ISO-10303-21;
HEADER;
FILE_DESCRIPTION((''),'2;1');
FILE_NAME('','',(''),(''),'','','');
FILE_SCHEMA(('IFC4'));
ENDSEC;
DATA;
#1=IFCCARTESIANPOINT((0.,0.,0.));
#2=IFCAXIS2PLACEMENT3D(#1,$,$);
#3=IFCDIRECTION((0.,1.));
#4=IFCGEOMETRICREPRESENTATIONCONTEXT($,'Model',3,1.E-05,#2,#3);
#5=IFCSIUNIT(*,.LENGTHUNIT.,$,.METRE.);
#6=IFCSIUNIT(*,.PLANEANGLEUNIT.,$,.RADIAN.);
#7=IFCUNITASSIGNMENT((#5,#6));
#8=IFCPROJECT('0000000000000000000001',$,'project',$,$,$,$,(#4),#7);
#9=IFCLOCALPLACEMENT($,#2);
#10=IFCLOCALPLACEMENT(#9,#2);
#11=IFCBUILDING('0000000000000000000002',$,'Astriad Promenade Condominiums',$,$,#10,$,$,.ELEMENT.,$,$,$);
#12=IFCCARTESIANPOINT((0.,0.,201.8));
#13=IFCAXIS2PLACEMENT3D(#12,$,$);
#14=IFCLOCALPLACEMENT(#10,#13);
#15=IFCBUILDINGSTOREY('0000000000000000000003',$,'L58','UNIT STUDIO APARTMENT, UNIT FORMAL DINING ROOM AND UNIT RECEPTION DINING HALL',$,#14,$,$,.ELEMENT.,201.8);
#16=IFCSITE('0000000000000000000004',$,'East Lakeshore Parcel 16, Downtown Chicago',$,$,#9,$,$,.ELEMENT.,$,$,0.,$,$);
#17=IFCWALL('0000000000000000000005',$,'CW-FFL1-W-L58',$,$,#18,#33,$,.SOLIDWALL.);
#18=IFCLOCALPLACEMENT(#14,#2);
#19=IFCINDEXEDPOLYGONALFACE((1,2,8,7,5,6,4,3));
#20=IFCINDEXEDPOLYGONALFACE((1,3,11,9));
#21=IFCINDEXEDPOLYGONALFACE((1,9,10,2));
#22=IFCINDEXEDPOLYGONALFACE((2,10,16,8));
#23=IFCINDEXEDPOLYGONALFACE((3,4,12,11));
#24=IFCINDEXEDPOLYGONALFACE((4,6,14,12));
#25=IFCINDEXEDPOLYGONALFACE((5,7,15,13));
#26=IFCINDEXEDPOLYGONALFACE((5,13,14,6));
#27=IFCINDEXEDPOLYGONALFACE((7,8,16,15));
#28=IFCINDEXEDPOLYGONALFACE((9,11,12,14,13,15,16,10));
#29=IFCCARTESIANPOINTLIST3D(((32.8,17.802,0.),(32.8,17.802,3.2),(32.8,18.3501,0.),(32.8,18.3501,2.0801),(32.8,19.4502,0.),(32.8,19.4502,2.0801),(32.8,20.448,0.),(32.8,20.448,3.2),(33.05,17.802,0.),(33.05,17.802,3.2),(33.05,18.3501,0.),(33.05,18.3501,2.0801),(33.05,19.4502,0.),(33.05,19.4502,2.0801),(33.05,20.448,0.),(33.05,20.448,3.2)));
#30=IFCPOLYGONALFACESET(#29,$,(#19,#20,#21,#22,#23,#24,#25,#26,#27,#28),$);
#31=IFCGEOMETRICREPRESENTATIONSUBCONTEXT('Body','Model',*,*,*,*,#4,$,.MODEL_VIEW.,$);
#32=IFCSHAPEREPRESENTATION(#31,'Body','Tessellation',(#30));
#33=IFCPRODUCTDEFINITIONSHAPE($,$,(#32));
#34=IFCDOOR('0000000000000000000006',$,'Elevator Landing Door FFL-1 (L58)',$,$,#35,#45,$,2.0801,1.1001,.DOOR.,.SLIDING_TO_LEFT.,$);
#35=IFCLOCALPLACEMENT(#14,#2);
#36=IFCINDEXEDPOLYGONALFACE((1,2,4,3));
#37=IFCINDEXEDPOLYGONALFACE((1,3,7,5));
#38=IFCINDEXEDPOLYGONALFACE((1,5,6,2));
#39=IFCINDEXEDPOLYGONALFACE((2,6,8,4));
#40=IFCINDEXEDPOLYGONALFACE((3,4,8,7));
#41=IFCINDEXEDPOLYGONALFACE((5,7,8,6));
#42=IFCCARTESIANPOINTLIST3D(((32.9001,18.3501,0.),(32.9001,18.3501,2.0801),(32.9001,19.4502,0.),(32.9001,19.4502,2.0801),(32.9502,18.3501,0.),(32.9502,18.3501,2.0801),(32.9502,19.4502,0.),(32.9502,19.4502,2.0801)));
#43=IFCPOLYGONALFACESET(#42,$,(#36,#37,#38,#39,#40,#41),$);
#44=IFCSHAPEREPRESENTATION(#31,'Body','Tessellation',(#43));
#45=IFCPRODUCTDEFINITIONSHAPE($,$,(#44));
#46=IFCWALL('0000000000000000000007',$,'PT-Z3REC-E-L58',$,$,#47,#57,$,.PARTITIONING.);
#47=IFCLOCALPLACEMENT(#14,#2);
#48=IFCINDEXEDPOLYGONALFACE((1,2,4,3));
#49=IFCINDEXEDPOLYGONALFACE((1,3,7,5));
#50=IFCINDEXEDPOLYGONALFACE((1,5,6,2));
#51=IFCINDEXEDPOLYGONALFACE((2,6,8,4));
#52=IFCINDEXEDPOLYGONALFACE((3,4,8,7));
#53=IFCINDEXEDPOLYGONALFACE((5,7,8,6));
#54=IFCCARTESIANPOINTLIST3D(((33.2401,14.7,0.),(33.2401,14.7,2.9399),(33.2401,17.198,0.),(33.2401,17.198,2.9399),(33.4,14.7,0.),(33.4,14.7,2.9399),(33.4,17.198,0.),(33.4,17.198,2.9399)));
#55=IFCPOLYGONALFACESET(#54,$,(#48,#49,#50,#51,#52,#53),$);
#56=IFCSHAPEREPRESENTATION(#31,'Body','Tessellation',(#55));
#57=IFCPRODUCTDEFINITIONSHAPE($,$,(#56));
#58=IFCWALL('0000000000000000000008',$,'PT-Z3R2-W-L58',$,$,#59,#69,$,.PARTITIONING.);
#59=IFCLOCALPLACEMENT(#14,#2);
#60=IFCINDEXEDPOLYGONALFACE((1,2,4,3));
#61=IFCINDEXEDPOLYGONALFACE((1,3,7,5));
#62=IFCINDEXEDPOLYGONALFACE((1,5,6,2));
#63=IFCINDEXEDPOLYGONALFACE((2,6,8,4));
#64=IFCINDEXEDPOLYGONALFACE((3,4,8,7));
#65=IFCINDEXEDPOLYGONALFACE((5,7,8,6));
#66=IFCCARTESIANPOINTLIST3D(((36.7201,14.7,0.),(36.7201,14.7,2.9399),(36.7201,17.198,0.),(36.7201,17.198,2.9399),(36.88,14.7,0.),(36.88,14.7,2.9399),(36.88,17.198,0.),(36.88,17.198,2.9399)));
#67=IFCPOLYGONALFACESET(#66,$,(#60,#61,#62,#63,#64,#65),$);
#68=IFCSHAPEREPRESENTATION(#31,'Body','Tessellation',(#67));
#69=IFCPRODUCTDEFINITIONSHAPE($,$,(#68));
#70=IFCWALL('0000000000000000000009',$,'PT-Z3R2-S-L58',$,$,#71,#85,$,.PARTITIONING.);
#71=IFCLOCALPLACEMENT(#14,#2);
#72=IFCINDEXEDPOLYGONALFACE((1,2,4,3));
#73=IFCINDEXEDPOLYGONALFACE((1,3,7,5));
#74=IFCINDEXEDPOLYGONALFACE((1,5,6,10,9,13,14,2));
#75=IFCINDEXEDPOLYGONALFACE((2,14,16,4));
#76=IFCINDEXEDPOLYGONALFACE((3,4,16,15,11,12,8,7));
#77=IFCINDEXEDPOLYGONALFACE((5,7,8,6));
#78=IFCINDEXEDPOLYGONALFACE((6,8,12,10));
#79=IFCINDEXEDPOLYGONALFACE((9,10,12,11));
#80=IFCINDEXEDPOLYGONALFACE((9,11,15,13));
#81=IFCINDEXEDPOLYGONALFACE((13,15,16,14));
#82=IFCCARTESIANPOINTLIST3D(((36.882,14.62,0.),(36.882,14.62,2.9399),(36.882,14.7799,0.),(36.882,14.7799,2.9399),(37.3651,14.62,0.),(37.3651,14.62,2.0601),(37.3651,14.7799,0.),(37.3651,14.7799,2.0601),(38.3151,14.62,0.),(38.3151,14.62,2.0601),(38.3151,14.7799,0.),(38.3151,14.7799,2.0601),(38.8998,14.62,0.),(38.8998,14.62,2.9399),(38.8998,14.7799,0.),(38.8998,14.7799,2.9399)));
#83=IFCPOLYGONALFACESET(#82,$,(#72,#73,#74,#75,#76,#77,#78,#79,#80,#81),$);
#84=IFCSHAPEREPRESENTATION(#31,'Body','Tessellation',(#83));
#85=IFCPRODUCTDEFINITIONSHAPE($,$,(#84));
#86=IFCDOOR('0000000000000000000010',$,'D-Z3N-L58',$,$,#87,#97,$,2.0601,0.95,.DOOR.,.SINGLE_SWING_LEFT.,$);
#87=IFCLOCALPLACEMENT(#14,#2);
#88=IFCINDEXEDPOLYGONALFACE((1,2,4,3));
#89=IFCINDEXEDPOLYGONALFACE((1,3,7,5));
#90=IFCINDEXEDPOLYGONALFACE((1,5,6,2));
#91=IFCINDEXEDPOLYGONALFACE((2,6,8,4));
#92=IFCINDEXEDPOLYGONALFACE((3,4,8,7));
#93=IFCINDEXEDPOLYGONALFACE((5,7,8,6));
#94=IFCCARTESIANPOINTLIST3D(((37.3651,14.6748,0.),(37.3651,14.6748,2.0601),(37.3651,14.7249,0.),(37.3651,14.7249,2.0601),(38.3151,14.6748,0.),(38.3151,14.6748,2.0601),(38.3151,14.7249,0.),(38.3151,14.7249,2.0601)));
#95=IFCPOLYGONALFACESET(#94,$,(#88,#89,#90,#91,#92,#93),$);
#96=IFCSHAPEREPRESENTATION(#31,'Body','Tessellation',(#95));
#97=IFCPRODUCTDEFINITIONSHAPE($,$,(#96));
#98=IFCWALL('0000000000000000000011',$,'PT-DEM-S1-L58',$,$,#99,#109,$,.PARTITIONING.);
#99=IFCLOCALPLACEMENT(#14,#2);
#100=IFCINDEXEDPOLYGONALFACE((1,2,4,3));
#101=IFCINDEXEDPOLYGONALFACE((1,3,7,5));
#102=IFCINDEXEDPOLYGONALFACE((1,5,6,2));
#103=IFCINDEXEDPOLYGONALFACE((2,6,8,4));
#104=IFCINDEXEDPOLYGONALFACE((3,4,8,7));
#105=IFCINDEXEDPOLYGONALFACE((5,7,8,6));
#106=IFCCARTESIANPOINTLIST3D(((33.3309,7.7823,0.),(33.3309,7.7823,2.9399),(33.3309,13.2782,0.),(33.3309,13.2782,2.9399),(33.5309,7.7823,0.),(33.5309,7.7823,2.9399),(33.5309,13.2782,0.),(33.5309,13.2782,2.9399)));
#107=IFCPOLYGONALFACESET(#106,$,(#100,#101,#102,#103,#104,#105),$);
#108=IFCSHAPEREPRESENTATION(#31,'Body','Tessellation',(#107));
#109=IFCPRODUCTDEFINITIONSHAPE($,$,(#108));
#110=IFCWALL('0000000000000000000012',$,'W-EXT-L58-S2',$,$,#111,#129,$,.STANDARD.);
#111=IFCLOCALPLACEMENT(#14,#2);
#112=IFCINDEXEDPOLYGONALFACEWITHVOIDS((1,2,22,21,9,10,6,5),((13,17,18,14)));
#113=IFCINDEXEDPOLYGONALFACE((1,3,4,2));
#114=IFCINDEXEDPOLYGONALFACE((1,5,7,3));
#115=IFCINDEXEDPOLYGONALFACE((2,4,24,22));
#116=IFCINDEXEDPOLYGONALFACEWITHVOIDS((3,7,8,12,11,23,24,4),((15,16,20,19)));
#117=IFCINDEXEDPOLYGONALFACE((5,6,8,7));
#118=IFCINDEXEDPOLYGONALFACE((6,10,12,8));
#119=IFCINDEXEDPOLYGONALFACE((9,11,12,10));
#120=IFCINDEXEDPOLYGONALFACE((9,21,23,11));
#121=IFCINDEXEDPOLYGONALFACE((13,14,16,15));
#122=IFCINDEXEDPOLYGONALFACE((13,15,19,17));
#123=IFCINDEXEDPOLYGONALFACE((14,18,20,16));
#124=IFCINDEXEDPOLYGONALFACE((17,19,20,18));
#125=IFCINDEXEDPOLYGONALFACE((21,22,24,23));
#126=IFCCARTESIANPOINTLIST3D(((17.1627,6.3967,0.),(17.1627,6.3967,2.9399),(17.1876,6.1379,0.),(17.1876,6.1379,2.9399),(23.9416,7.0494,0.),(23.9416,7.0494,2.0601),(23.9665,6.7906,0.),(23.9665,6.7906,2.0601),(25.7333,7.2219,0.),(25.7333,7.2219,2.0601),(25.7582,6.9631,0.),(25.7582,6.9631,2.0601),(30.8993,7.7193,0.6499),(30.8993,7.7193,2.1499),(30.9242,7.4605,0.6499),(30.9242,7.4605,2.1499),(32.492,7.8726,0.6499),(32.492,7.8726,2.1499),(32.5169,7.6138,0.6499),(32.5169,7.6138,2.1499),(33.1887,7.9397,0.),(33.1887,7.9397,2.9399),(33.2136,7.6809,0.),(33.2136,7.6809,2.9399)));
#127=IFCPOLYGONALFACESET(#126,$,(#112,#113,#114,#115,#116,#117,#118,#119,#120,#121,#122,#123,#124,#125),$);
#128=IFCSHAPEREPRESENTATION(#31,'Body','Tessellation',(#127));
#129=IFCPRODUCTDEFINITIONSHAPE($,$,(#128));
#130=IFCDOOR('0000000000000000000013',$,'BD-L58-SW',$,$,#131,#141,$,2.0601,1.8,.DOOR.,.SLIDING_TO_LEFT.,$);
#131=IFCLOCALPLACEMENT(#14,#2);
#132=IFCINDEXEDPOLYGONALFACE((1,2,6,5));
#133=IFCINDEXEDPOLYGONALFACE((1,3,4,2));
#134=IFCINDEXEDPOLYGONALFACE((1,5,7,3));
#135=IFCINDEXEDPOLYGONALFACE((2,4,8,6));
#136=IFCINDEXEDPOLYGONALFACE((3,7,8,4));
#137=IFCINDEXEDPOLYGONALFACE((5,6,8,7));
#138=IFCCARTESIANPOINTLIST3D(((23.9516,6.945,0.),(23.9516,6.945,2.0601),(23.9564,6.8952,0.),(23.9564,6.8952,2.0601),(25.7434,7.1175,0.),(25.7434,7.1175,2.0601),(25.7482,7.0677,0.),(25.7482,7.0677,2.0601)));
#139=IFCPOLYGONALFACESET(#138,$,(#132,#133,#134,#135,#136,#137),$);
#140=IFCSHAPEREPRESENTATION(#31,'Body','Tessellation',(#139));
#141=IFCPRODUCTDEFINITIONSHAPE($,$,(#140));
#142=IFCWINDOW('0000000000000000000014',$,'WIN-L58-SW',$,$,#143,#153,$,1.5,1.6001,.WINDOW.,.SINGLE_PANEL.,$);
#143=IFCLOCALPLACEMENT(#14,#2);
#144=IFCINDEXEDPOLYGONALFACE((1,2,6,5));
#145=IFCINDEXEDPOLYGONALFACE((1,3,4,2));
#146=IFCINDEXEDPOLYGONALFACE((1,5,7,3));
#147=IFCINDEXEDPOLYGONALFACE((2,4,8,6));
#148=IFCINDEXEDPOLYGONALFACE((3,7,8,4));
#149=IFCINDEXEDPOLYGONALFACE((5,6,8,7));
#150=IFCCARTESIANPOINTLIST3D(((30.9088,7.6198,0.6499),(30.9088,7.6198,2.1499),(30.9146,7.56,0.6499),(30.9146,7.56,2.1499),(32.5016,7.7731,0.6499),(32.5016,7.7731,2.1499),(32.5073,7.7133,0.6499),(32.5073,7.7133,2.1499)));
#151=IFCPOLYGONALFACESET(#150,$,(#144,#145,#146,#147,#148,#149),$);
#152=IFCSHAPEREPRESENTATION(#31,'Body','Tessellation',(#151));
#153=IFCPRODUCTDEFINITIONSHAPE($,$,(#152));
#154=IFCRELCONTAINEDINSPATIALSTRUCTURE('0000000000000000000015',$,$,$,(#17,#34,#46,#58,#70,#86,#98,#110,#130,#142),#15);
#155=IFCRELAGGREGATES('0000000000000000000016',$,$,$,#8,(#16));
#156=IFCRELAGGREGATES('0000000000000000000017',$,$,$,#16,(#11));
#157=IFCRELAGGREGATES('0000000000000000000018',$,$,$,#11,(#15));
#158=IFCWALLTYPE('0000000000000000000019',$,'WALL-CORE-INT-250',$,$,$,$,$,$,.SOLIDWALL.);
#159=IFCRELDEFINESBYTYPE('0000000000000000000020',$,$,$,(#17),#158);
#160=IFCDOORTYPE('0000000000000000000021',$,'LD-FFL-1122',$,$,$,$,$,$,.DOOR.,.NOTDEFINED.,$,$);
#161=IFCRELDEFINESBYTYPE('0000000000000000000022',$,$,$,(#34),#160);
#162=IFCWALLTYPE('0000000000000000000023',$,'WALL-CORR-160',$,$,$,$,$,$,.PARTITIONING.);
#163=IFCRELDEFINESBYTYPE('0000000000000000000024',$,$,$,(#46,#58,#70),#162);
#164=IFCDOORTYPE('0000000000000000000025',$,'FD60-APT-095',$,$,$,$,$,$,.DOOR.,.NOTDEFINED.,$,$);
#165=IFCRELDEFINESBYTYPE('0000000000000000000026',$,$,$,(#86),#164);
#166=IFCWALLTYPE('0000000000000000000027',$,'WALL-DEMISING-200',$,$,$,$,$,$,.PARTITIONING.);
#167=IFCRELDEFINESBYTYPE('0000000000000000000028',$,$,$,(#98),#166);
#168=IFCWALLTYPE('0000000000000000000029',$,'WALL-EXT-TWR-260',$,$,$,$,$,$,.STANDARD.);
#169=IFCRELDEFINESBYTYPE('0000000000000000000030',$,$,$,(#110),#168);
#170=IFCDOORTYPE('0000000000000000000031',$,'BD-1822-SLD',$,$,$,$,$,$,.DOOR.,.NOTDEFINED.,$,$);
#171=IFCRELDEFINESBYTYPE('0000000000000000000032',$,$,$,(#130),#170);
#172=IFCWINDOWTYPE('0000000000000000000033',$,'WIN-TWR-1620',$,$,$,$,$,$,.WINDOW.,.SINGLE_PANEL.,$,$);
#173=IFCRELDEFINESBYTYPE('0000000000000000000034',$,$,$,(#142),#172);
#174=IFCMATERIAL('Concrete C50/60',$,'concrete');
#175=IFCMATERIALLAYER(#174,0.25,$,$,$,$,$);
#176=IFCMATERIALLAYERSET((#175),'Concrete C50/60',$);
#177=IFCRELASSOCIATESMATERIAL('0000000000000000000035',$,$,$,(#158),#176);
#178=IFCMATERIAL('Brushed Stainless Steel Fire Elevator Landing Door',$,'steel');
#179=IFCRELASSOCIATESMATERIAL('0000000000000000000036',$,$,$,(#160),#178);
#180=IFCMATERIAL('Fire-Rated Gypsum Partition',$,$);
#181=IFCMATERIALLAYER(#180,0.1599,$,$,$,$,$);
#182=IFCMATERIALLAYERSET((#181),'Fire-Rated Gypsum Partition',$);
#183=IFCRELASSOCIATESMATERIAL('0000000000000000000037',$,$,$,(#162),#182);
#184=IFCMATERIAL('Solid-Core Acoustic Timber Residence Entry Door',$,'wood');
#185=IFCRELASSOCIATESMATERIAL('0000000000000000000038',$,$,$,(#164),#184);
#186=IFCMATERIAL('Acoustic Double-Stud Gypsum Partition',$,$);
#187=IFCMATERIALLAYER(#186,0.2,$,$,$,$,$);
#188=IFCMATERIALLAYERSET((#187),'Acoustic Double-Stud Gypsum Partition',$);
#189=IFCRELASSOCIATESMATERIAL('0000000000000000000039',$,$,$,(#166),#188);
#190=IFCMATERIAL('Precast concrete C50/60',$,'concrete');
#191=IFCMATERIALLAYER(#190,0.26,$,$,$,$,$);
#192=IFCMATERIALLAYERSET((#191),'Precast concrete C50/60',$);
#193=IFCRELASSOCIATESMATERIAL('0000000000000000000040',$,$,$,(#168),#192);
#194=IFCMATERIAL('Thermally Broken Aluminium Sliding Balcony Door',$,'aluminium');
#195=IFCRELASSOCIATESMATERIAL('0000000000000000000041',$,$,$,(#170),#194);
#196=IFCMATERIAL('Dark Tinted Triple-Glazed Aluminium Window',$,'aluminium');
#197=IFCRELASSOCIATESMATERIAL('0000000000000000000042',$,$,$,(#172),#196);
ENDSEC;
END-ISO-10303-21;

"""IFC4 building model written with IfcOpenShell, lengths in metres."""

from ifc_helpers import new_model, si_unit, direction, frame, frame_2d, origin, place, context, subcontext, project, spatial, rectangle, extrude, source, transform, mapped, material, layer, layer_set, type_object, type_shapes, element, fill, save


model = new_model("IFC4")

# Units and contexts
model_context = context("Model", 3, precision=1e-05, world=origin(), true_north=direction((0.0, 1.0)))
body_context = subcontext(model_context, "Body", "Model", "MODEL_VIEW")
ifc_project = project(units=[si_unit("LENGTHUNIT", "METRE"), si_unit("PLANEANGLEUNIT", "RADIAN")], contexts=[model_context])

# Site, building, storey
site_placement = place(None, origin())
site = spatial("IfcSite", under=ifc_project, at=site_placement, Name="East Lakeshore Parcel 16, Downtown Chicago", CompositionType="ELEMENT", RefElevation=0.0)
building_placement = place(site_placement, origin())
building = spatial("IfcBuilding", under=site, at=building_placement, Name="Astriad Promenade Condominiums", CompositionType="ELEMENT")
storey_placement = place(building_placement, frame((0.0, 0.0, 201.8)))
storey = spatial("IfcBuildingStorey", under=building, at=storey_placement, Name="L58", Description="UNIT STUDIO APARTMENT, UNIT FORMAL DINING ROOM AND UNIT RECEPTION DINING HALL", CompositionType="ELEMENT", Elevation=201.8)

# Wall, opening, door
ifc_material_1 = material(Name="Concrete C50/60", Category="concrete")
ifc_layer_1 = layer(ifc_material_1, 0.25)
ifc_layer_set_1 = layer_set([ifc_layer_1], Name="Concrete C50/60")
wall_type_1 = type_object("IfcWallType", Name="WALL-CORE-INT-250", PredefinedType="SOLIDWALL", material=ifc_layer_set_1)
wall_1_placement = place(storey_placement, frame((32.925, 17.802, 0.0), z_axis=(0.0, 0.0, 1.0), x_axis=(0.0, 1.0, 0.0)))
wall_1 = element("IfcWall", 1, at=wall_1_placement, inside=storey, type_object=wall_type_1, Name="CW-FFL1-W-L58", PredefinedType="SOLIDWALL", context=body_context, shape_type="SweptSolid", body=[
    extrude(rectangle(XDim=2.646, YDim=0.25, at=frame_2d((1.323, 0.0))), origin(), (0.0, 0.0, 1.0), 3.2),
])
opening_1_placement = place(wall_1_placement, frame((0.5481, 0.0, 0.0)))
opening_1 = element("IfcOpeningElement", 2, at=opening_1_placement, cuts=wall_1, PredefinedType="OPENING", context=body_context, shape_type="SweptSolid", body=[
    extrude(rectangle(XDim=1.1001, YDim=2.0801, at=frame_2d((0.55, 1.04))), frame((0.0, 0.135, 0.0), z_axis=(0.0, -1.0, 0.0), x_axis=(1.0, 0.0, 0.0)), (0.0, 0.0, 1.0), 0.27),
])
ifc_material_2 = material(Name="Brushed Stainless Steel Fire Elevator Landing Door", Category="steel")
door_type_1 = type_object("IfcDoorType", Name="LD-FFL-1122", OperationType="NOTDEFINED", PredefinedType="DOOR", material=ifc_material_2)
shared_shape_1 = source(origin(), body_context, "Body", "SweptSolid", [
    extrude(rectangle(XDim=1.1001, YDim=2.0801, at=frame_2d((0.55, 1.04))), frame((0.0, 0.0249, 0.0), z_axis=(0.0, -1.0, 0.0), x_axis=(1.0, 0.0, 0.0)), (0.0, 0.0, 1.0), 0.05),
])
type_shapes(door_type_1, [shared_shape_1])
door_1_placement = place(opening_1_placement, origin())
door_1 = element("IfcDoor", 3, at=door_1_placement, inside=storey, type_object=door_type_1, Name="Elevator Landing Door FFL-1 (L58)", OperationType="SLIDING_TO_LEFT", OverallHeight=2.0801, OverallWidth=1.1001, PredefinedType="DOOR", context=body_context, shape_type="MappedRepresentation", body=[
    mapped(shared_shape_1, transform((0.0, 0.0, 0.0), scale=1.0)),
])
fill(opening_1, door_1)

# Walls
ifc_material_3 = material(Name="Fire-Rated Gypsum Partition")
ifc_layer_2 = layer(ifc_material_3, 0.1599)
ifc_layer_set_2 = layer_set([ifc_layer_2], Name="Fire-Rated Gypsum Partition")
wall_type_2 = type_object("IfcWallType", Name="WALL-CORR-160", PredefinedType="PARTITIONING", material=ifc_layer_set_2)
for number, where, z_axis, x_axis, name in (
    (4, (33.3201, 14.7, 0.0), (0.0, 0.0, 1.0), (0.0, 1.0, 0.0), "PT-Z3REC-E-L58"),
    (5, (36.8, 14.7, 0.0), (0.0, 0.0, 1.0), (0.0, 1.0, 0.0), "PT-Z3R2-W-L58"),
):
    element("IfcWall", number, at=place(storey_placement, frame(where, z_axis=z_axis, x_axis=x_axis)), inside=storey, type_object=wall_type_2, Name=name, PredefinedType="PARTITIONING", context=body_context, shape_type="SweptSolid", body=[
        extrude(rectangle(XDim=2.498, YDim=0.1599, at=frame_2d((1.249, 0.0))), origin(), (0.0, 0.0, 1.0), 2.9399),
    ])

# Wall, opening, door
wall_2_placement = place(storey_placement, frame((36.8821, 14.7, 0.0), z_axis=(0.0, 0.0, 1.0), x_axis=(1.0, 0.0, 0.0)))
wall_2 = element("IfcWall", 6, at=wall_2_placement, inside=storey, type_object=wall_type_2, Name="PT-Z3R2-S-L58", PredefinedType="PARTITIONING", context=body_context, shape_type="SweptSolid", body=[
    extrude(rectangle(XDim=2.0178, YDim=0.1599, at=frame_2d((1.0088, 0.0))), origin(), (0.0, 0.0, 1.0), 2.9399),
])
opening_2_placement = place(wall_2_placement, frame((0.4829, 0.0, 0.0)))
opening_2 = element("IfcOpeningElement", 7, at=opening_2_placement, cuts=wall_2, PredefinedType="OPENING", context=body_context, shape_type="SweptSolid", body=[
    extrude(rectangle(XDim=0.95, YDim=2.0601, at=frame_2d((0.4751, 1.03))), frame((0.0, 0.0898, 0.0), z_axis=(0.0, -1.0, 0.0), x_axis=(1.0, 0.0, 0.0)), (0.0, 0.0, 1.0), 0.1799),
])
ifc_material_4 = material(Name="Solid-Core Acoustic Timber Residence Entry Door", Category="wood")
door_type_2 = type_object("IfcDoorType", Name="FD60-APT-095", OperationType="NOTDEFINED", PredefinedType="DOOR", material=ifc_material_4)
shared_shape_2 = source(origin(), body_context, "Body", "SweptSolid", [
    extrude(rectangle(XDim=0.95, YDim=2.0601, at=frame_2d((0.4751, 1.03))), frame((0.0, 0.0249, 0.0), z_axis=(0.0, -1.0, 0.0), x_axis=(1.0, 0.0, 0.0)), (0.0, 0.0, 1.0), 0.05),
])
type_shapes(door_type_2, [shared_shape_2])
door_2_placement = place(opening_2_placement, origin())
door_2 = element("IfcDoor", 8, at=door_2_placement, inside=storey, type_object=door_type_2, Name="D-Z3N-L58", OperationType="SINGLE_SWING_LEFT", OverallHeight=2.0601, OverallWidth=0.95, PredefinedType="DOOR", context=body_context, shape_type="MappedRepresentation", body=[
    mapped(shared_shape_2, transform((0.0, 0.0, 0.0), scale=1.0)),
])
fill(opening_2, door_2)

# Wall
ifc_material_5 = material(Name="Acoustic Double-Stud Gypsum Partition")
ifc_layer_3 = layer(ifc_material_5, 0.2)
ifc_layer_set_3 = layer_set([ifc_layer_3], Name="Acoustic Double-Stud Gypsum Partition")
wall_type_3 = type_object("IfcWallType", Name="WALL-DEMISING-200", PredefinedType="PARTITIONING", material=ifc_layer_set_3)
wall_3_placement = place(storey_placement, frame((33.4309, 7.7822, 0.0), z_axis=(0.0, 0.0, 1.0), x_axis=(0.0, 1.0, 0.0)))
element("IfcWall", 9, at=wall_3_placement, inside=storey, type_object=wall_type_3, Name="PT-DEM-S1-L58", PredefinedType="PARTITIONING", context=body_context, shape_type="SweptSolid", body=[
    extrude(rectangle(XDim=5.4958, YDim=0.2, at=frame_2d((2.748, 0.0))), origin(), (0.0, 0.0, 1.0), 2.9399),
])

# Wall, openings, door, window
ifc_material_6 = material(Name="Precast concrete C50/60", Category="concrete")
ifc_layer_4 = layer(ifc_material_6, 0.26)
ifc_layer_set_4 = layer_set([ifc_layer_4], Name="Precast concrete C50/60")
wall_type_4 = type_object("IfcWallType", Name="WALL-EXT-TWR-260", PredefinedType="STANDARD", material=ifc_layer_set_4)
wall_4_placement = place(storey_placement, frame((33.2012, 7.8103, 0.0), z_axis=(0.0, 0.0, 1.0), x_axis=(-0.995397, -0.095837, 0.0)))
wall_4 = element("IfcWall", 10, at=wall_4_placement, inside=storey, type_object=wall_type_4, Name="W-EXT-L58-S2", PredefinedType="STANDARD", context=body_context, shape_type="SweptSolid", body=[
    extrude(rectangle(XDim=16.1001, YDim=0.26, at=frame_2d((8.05, 0.0))), origin(), (0.0, 0.0, 1.0), 2.9399),
])
opening_3_placement = place(wall_4_placement, frame((7.49, 0.0, 0.0)))
opening_3 = element("IfcOpeningElement", 11, at=opening_3_placement, cuts=wall_4, PredefinedType="OPENING", context=body_context, shape_type="SweptSolid", body=[
    extrude(rectangle(XDim=1.8, YDim=2.0601, at=frame_2d((0.8999, 1.03))), frame((0.0, 0.1399, 0.0), z_axis=(0.0, -1.0, 0.0), x_axis=(1.0, 0.0, 0.0)), (0.0, 0.0, 1.0), 0.28),
])
opening_4_placement = place(wall_4_placement, frame((0.7, 0.0, 0.6499)))
opening_4 = element("IfcOpeningElement", 12, at=opening_4_placement, cuts=wall_4, PredefinedType="OPENING", context=body_context, shape_type="SweptSolid", body=[
    extrude(rectangle(XDim=1.6001, YDim=1.5, at=frame_2d((0.8, 0.75))), frame((0.0, 0.1399, 0.0), z_axis=(0.0, -1.0, 0.0), x_axis=(1.0, 0.0, 0.0)), (0.0, 0.0, 1.0), 0.28),
])
ifc_material_7 = material(Name="Thermally Broken Aluminium Sliding Balcony Door", Category="aluminium")
door_type_3 = type_object("IfcDoorType", Name="BD-1822-SLD", OperationType="NOTDEFINED", PredefinedType="DOOR", material=ifc_material_7)
shared_shape_3 = source(origin(), body_context, "Body", "SweptSolid", [
    extrude(rectangle(XDim=1.8, YDim=2.0601, at=frame_2d((0.8999, 1.03))), frame((0.0, 0.0249, 0.0), z_axis=(0.0, -1.0, 0.0), x_axis=(1.0, 0.0, 0.0)), (0.0, 0.0, 1.0), 0.05),
])
type_shapes(door_type_3, [shared_shape_3])
door_3_placement = place(opening_3_placement, origin())
door_3 = element("IfcDoor", 13, at=door_3_placement, inside=storey, type_object=door_type_3, Name="BD-L58-SW", OperationType="SLIDING_TO_LEFT", OverallHeight=2.0601, OverallWidth=1.8, PredefinedType="DOOR", context=body_context, shape_type="MappedRepresentation", body=[
    mapped(shared_shape_3, transform((0.0, 0.0, 0.0), scale=1.0)),
])
fill(opening_3, door_3)
ifc_material_8 = material(Name="Dark Tinted Triple-Glazed Aluminium Window", Category="aluminium")
window_type = type_object("IfcWindowType", Name="WIN-TWR-1620", PartitioningType="SINGLE_PANEL", PredefinedType="WINDOW", material=ifc_material_8)
shared_shape_4 = source(origin(), body_context, "Body", "SweptSolid", [
    extrude(rectangle(XDim=1.6001, YDim=1.5, at=frame_2d((0.8, 0.75))), frame((0.0, 0.03, 0.0), z_axis=(0.0, -1.0, 0.0), x_axis=(1.0, 0.0, 0.0)), (0.0, 0.0, 1.0), 0.0601),
])
type_shapes(window_type, [shared_shape_4])
window_placement = place(opening_4_placement, origin())
window = element("IfcWindow", 14, at=window_placement, inside=storey, type_object=window_type, Name="WIN-L58-SW", OverallHeight=1.5, OverallWidth=1.6001, PartitioningType="SINGLE_PANEL", PredefinedType="WINDOW", context=body_context, shape_type="MappedRepresentation", body=[
    mapped(shared_shape_4, transform((0.0, 0.0, 0.0), scale=1.0)),
])
fill(opening_4, window)

save(model, "model.ifc")
